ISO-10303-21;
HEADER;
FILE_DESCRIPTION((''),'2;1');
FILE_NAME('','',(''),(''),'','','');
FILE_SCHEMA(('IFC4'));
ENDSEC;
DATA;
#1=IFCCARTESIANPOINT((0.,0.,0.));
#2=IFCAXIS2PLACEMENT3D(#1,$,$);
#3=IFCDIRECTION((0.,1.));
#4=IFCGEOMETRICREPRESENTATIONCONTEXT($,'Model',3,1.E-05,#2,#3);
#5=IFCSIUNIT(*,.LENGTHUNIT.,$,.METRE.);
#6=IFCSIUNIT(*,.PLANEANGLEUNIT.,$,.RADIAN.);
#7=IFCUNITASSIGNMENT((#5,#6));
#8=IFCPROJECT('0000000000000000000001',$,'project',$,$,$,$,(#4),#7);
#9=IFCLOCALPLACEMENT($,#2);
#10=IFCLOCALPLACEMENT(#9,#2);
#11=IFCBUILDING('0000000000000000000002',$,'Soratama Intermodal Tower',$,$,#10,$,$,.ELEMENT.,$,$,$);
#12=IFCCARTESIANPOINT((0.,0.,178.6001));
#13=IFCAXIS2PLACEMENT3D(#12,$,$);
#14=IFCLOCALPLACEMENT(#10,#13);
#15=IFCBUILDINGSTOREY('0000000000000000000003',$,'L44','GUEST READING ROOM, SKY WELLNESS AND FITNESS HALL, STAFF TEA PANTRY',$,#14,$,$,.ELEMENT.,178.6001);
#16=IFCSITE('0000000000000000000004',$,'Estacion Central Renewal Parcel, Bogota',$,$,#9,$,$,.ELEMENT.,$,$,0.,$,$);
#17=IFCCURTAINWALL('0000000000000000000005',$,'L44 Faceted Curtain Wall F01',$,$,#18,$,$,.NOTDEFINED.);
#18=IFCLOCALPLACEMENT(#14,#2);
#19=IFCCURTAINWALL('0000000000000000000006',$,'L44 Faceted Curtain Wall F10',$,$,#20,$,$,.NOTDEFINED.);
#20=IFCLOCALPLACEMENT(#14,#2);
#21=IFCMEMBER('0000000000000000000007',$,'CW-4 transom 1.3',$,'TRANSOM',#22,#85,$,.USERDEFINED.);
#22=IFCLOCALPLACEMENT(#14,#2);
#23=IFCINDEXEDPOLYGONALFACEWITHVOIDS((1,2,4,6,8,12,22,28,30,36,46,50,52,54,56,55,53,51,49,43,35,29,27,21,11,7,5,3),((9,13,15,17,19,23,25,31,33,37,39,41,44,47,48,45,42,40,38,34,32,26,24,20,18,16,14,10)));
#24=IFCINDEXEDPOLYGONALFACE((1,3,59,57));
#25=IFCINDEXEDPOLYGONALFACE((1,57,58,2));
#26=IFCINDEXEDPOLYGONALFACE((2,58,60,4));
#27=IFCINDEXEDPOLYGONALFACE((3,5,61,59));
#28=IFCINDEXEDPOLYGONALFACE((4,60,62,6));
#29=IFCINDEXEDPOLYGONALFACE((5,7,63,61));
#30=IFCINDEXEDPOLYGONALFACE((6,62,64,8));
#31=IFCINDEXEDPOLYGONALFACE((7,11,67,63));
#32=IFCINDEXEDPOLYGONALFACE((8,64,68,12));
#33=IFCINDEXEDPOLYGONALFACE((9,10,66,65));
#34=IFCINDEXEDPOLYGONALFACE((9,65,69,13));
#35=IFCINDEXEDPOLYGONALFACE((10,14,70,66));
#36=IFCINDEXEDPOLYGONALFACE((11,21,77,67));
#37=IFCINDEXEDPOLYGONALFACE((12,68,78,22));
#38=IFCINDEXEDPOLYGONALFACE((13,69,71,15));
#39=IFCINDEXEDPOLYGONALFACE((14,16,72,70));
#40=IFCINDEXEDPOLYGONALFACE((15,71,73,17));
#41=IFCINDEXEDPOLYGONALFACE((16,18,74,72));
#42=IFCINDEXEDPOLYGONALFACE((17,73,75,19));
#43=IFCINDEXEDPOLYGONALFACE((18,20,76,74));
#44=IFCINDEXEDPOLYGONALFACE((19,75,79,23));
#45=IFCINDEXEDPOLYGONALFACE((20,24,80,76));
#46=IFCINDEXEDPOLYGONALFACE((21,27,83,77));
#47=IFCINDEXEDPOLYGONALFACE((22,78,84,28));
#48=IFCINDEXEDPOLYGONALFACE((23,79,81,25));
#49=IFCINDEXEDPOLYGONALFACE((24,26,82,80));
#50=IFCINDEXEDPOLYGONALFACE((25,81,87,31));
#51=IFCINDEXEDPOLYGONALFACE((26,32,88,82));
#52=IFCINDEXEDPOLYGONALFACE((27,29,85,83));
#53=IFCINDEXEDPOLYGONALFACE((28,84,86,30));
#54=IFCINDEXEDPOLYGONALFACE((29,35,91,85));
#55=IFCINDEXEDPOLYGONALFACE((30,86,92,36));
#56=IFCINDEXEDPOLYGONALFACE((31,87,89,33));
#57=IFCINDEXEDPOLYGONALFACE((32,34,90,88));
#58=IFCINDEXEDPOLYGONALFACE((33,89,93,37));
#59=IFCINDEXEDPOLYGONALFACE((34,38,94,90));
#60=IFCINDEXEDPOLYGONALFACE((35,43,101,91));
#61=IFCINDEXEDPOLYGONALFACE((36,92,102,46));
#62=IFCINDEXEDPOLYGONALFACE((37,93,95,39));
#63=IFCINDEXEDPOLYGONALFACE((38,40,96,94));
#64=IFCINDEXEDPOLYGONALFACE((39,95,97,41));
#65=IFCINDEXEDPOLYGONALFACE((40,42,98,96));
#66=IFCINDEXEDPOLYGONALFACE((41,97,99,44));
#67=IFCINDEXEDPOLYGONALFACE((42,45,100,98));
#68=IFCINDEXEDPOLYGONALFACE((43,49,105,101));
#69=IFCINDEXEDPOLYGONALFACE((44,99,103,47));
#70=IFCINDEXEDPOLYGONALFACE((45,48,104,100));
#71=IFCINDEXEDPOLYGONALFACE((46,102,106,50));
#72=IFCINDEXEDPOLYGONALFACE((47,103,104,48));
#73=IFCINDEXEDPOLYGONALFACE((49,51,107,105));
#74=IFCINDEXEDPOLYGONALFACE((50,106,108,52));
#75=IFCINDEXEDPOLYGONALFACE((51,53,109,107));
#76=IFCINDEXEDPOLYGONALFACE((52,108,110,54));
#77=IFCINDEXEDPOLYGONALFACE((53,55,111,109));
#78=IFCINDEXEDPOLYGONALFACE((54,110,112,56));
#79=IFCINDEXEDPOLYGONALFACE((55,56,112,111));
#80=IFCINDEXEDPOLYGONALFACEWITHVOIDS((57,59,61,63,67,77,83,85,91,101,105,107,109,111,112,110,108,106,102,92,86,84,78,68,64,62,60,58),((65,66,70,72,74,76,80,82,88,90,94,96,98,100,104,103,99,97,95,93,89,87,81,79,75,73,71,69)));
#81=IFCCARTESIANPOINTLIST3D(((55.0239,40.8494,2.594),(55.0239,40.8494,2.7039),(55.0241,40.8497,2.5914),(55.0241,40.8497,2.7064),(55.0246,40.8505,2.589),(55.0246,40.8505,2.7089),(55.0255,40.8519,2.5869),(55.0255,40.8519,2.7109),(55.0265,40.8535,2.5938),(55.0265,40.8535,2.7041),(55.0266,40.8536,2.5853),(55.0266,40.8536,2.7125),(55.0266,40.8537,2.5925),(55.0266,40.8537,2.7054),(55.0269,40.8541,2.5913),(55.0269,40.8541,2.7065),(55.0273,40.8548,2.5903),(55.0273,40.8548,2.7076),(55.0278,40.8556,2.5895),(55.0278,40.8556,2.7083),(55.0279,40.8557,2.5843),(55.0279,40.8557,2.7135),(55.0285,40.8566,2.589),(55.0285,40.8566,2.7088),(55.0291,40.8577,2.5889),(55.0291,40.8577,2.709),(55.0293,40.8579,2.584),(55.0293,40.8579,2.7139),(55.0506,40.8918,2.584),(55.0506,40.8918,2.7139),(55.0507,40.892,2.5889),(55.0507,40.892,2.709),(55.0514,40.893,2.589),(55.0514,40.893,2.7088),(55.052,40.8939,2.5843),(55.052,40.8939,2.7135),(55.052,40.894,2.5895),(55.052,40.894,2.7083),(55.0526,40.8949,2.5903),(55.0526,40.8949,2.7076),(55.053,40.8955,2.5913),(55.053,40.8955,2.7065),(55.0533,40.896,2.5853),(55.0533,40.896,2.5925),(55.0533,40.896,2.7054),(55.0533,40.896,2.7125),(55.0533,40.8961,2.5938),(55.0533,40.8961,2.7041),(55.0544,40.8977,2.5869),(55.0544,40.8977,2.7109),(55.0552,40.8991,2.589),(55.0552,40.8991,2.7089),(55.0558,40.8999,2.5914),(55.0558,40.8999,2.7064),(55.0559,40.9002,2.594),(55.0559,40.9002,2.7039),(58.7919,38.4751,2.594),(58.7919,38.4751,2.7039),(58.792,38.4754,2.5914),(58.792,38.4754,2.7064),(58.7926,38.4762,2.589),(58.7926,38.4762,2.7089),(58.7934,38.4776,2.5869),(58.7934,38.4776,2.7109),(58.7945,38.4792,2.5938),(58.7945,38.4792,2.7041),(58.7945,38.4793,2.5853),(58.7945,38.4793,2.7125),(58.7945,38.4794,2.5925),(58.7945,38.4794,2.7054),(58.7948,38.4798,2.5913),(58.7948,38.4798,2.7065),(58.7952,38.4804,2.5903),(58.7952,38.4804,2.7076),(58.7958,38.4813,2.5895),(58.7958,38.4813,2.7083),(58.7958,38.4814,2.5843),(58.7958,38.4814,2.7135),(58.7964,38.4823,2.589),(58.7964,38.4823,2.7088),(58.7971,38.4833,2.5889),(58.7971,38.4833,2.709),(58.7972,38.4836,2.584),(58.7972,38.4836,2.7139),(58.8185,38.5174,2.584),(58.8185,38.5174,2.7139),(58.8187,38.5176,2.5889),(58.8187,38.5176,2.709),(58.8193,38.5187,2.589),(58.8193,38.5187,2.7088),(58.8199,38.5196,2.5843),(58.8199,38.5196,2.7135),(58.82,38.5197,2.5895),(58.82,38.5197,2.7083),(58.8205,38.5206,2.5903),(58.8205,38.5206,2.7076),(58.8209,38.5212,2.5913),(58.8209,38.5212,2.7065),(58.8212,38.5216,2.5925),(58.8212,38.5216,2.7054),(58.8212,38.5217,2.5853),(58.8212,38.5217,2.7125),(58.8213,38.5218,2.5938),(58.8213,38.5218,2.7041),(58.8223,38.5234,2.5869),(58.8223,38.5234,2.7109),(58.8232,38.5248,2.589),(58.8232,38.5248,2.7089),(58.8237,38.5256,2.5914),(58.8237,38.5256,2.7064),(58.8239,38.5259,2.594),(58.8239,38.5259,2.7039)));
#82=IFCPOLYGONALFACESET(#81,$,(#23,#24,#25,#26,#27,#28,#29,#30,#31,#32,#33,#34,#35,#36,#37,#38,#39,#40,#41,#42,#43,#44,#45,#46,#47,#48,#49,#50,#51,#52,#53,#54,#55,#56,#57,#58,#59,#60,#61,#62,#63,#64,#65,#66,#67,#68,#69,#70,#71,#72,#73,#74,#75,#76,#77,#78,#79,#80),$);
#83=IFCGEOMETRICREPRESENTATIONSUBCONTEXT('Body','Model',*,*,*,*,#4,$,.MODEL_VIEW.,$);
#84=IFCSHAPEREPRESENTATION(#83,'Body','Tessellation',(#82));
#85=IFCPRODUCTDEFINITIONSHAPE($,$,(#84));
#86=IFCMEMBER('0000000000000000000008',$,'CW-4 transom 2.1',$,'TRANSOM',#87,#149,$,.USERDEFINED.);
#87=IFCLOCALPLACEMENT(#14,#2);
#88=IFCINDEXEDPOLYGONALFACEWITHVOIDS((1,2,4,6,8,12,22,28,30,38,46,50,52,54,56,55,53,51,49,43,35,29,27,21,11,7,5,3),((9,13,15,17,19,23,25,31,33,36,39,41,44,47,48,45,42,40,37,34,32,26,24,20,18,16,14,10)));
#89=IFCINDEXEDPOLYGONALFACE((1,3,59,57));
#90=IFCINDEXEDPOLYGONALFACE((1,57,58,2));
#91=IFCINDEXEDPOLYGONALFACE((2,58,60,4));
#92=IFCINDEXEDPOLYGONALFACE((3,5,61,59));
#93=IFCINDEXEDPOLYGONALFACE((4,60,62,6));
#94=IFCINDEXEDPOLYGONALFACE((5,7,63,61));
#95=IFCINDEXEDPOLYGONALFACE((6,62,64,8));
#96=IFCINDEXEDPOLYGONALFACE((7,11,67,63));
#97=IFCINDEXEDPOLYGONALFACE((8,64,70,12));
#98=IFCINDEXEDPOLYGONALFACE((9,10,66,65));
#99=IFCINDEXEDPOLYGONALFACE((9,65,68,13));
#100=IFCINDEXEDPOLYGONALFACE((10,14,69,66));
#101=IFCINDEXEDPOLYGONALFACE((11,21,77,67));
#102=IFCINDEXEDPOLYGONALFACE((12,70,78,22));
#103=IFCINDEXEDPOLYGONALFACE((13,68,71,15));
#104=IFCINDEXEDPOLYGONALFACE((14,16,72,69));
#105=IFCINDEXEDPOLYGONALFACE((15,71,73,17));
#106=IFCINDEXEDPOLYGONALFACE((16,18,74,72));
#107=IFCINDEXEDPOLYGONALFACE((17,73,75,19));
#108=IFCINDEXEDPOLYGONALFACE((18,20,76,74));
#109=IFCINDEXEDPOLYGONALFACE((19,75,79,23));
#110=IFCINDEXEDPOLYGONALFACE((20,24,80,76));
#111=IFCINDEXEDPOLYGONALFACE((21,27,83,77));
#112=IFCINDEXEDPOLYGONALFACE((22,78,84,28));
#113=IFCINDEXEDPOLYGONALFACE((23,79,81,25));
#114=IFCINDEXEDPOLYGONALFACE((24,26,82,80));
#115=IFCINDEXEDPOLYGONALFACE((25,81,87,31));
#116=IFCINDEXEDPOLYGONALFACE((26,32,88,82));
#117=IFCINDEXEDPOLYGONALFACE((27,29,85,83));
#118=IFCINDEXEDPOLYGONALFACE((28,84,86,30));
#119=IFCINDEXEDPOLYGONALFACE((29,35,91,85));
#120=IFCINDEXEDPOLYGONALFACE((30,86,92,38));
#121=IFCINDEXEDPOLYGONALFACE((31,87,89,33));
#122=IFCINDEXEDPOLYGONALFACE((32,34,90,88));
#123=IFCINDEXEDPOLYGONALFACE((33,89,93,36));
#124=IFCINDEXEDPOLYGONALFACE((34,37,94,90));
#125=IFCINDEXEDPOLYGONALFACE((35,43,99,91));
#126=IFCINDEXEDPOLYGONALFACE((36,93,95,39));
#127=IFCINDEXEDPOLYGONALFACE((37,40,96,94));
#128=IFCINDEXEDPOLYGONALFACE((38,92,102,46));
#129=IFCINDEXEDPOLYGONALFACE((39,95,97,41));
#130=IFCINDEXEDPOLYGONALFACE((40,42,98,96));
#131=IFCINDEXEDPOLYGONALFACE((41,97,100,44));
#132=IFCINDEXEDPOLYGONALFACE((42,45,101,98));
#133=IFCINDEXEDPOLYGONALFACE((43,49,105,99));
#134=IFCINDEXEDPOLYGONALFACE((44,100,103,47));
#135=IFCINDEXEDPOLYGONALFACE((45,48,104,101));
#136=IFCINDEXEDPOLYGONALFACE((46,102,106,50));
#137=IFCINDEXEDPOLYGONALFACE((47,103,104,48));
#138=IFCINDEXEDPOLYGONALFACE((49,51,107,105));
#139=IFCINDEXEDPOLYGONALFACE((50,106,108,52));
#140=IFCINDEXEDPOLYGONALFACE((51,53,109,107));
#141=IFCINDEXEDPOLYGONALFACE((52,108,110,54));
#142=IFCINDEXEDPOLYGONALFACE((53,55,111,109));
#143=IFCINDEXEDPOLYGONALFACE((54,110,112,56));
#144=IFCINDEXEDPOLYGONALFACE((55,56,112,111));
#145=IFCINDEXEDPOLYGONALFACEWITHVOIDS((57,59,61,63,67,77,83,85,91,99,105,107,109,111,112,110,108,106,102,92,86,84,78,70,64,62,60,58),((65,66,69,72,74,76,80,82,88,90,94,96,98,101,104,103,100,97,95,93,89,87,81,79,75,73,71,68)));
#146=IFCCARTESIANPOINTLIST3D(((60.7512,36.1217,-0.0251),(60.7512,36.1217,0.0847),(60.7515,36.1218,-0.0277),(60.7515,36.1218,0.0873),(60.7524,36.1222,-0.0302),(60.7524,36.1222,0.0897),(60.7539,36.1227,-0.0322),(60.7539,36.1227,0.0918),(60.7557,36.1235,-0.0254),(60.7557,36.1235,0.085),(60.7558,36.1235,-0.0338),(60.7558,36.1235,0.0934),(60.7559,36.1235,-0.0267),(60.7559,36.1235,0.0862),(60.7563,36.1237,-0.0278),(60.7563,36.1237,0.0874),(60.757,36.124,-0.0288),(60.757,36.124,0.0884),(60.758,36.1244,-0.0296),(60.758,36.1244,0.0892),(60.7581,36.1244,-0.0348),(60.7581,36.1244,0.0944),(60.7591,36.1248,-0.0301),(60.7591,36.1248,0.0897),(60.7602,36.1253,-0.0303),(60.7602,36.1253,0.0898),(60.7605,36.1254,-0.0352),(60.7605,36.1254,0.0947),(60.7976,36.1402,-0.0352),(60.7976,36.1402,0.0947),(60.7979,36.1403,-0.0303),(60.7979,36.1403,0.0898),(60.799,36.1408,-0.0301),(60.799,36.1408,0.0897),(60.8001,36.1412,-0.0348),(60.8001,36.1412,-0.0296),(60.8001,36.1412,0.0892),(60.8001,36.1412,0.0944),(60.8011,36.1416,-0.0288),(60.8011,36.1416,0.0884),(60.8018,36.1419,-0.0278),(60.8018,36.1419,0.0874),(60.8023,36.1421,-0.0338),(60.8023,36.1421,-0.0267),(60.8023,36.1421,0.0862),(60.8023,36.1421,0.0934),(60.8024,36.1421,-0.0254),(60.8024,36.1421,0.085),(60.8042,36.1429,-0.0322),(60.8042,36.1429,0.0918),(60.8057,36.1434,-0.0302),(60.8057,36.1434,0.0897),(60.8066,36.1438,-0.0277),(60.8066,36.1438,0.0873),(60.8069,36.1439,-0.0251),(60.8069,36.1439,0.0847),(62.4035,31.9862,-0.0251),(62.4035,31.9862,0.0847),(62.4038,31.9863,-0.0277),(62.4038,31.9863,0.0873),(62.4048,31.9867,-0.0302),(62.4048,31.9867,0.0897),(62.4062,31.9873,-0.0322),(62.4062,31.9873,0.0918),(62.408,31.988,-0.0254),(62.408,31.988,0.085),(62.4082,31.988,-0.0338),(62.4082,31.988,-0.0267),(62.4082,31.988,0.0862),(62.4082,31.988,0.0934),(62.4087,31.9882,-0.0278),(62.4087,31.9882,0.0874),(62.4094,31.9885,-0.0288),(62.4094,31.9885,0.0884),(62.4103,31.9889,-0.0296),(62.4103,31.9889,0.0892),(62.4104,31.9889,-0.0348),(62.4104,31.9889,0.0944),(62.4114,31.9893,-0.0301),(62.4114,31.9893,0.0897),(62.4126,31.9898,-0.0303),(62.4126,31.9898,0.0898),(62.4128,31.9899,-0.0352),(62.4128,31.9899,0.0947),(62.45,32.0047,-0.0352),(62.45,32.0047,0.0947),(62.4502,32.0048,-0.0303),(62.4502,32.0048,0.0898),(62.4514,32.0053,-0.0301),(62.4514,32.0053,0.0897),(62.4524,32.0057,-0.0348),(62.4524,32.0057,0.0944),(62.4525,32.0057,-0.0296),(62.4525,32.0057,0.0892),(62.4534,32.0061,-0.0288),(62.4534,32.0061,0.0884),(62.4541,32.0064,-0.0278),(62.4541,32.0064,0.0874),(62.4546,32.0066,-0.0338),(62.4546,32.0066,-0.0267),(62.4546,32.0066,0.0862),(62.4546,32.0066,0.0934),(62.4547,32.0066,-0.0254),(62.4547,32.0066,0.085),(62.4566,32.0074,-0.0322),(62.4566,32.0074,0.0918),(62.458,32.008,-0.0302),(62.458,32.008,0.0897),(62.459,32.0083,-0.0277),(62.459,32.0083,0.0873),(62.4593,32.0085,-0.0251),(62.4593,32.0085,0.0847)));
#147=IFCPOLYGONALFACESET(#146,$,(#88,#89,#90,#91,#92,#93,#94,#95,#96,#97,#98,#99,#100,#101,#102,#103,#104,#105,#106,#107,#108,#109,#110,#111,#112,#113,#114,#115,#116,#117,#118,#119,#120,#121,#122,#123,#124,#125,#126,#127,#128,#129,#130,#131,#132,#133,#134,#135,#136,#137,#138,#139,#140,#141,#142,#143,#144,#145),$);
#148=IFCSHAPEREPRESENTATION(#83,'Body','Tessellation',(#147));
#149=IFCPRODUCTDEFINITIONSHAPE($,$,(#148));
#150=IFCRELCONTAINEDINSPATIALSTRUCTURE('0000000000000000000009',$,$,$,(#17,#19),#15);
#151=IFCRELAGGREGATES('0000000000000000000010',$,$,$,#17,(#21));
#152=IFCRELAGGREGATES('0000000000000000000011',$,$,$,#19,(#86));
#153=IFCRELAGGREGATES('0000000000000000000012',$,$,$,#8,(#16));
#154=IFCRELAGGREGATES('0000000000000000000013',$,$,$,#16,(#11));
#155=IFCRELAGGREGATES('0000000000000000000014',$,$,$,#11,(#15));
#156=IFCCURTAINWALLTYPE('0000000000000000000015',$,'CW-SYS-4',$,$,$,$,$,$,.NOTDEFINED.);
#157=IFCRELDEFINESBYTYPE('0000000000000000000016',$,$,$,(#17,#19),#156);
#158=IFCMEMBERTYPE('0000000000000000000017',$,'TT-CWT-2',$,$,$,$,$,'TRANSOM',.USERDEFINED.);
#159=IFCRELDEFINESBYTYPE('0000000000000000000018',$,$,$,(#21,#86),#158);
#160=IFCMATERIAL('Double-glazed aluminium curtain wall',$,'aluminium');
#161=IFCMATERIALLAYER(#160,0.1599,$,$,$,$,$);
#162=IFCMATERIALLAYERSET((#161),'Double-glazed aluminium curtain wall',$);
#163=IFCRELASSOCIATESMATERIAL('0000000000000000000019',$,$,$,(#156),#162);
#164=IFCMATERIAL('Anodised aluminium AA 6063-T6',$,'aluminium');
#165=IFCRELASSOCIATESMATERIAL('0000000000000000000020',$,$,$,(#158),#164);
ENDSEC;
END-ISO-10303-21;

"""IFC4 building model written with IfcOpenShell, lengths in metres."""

from ifc_helpers import new_model, si_unit, direction, frame, origin, origin_2d, place, context, subcontext, project, spatial, hollow_rectangle, extrude, material, layer, layer_set, material_profile, profile_set, type_object, element, aggregate, save


model = new_model("IFC4")

# Units and contexts
model_context = context("Model", 3, precision=1e-05, world=origin(), true_north=direction((0.0, 1.0)))
body_context = subcontext(model_context, "Body", "Model", "MODEL_VIEW")
ifc_project = project(units=[si_unit("LENGTHUNIT", "METRE"), si_unit("PLANEANGLEUNIT", "RADIAN")], contexts=[model_context])

# Site, building, storey
site_placement = place(None, origin())
site = spatial("IfcSite", under=ifc_project, at=site_placement, Name="Estacion Central Renewal Parcel, Bogota", CompositionType="ELEMENT", RefElevation=0.0)
building_placement = place(site_placement, origin())
building = spatial("IfcBuilding", under=site, at=building_placement, Name="Soratama Intermodal Tower", CompositionType="ELEMENT")
storey_placement = place(building_placement, frame((0.0, 0.0, 178.6001)))
storey = spatial("IfcBuildingStorey", under=building, at=storey_placement, Name="L44", Description="GUEST READING ROOM, SKY WELLNESS AND FITNESS HALL, STAFF TEA PANTRY", CompositionType="ELEMENT", Elevation=178.6001)

# Curtain wall
ifc_material_1 = material(Name="Double-glazed aluminium curtain wall", Category="aluminium")
ifc_layer_1 = layer(ifc_material_1, 0.1599)
ifc_layer_set_1 = layer_set([ifc_layer_1], Name="Double-glazed aluminium curtain wall")
curtain_wall_type = type_object("IfcCurtainWallType", Name="CW-SYS-4", PredefinedType="NOTDEFINED", material=ifc_layer_set_1)
curtain_wall_1_placement = place(storey_placement, origin())
curtain_wall_1 = element("IfcCurtainWall", 1, at=curtain_wall_1_placement, inside=storey, type_object=curtain_wall_type, Name="L44 Faceted Curtain Wall F01", PredefinedType="NOTDEFINED")

# Curtain wall
curtain_wall_2_placement = place(storey_placement, origin())
curtain_wall_2 = element("IfcCurtainWall", 2, at=curtain_wall_2_placement, inside=storey, type_object=curtain_wall_type, Name="L44 Faceted Curtain Wall F10", PredefinedType="NOTDEFINED")

# Members
ifc_material_2 = material(Name="Anodised aluminium AA 6063-T6", Category="aluminium")
ifc_material_profile_1 = material_profile(ifc_material_2, hollow_rectangle(XDim=0.0601, YDim=0.1299, WallThickness=0.0049, InnerFilletRadius=0.0049, OuterFilletRadius=0.01, at=origin_2d()), Name="CWT130X60X5")
ifc_profile_set_1 = profile_set([ifc_material_profile_1], Name="Anodised aluminium AA 6063-T6")
member_type_1 = type_object("IfcMemberType", Name="TT-CWT-2", ElementType="TRANSOM", PredefinedType="USERDEFINED", material=ifc_profile_set_1)
member_1_placement = place(storey_placement, frame((58.8079, 38.5005, 2.6489), z_axis=(-0.846037, 0.533124, 0.0), x_axis=(-0.533124, -0.846037, 0.0)))
member_1 = element("IfcMember", 3, at=member_1_placement, type_object=member_type_1, Name="CW-4 transom 1.3", ObjectType="TRANSOM", PredefinedType="USERDEFINED", context=body_context, shape_type="SweptSolid", body=[
    extrude(hollow_rectangle(XDim=0.0601, YDim=0.1299, WallThickness=0.0049, InnerFilletRadius=0.0049, OuterFilletRadius=0.01, at=origin_2d()), origin(), (0.0, 0.0, 1.0), 4.4536),
])
member_2_placement = place(storey_placement, frame((62.4314, 31.9973, 0.0298), z_axis=(-0.371031, 0.92862, 0.0), x_axis=(-0.92862, -0.371031, 0.0)))
member_2 = element("IfcMember", 4, at=member_2_placement, type_object=member_type_1, Name="CW-4 transom 2.1", ObjectType="TRANSOM", PredefinedType="USERDEFINED", context=body_context, shape_type="SweptSolid", body=[
    extrude(hollow_rectangle(XDim=0.0601, YDim=0.1299, WallThickness=0.0049, InnerFilletRadius=0.0049, OuterFilletRadius=0.01, at=origin_2d()), origin(), (0.0, 0.0, 1.0), 4.4534),
])

aggregate(curtain_wall_1, [member_1])
aggregate(curtain_wall_2, [member_2])

save(model, "model.ifc")
